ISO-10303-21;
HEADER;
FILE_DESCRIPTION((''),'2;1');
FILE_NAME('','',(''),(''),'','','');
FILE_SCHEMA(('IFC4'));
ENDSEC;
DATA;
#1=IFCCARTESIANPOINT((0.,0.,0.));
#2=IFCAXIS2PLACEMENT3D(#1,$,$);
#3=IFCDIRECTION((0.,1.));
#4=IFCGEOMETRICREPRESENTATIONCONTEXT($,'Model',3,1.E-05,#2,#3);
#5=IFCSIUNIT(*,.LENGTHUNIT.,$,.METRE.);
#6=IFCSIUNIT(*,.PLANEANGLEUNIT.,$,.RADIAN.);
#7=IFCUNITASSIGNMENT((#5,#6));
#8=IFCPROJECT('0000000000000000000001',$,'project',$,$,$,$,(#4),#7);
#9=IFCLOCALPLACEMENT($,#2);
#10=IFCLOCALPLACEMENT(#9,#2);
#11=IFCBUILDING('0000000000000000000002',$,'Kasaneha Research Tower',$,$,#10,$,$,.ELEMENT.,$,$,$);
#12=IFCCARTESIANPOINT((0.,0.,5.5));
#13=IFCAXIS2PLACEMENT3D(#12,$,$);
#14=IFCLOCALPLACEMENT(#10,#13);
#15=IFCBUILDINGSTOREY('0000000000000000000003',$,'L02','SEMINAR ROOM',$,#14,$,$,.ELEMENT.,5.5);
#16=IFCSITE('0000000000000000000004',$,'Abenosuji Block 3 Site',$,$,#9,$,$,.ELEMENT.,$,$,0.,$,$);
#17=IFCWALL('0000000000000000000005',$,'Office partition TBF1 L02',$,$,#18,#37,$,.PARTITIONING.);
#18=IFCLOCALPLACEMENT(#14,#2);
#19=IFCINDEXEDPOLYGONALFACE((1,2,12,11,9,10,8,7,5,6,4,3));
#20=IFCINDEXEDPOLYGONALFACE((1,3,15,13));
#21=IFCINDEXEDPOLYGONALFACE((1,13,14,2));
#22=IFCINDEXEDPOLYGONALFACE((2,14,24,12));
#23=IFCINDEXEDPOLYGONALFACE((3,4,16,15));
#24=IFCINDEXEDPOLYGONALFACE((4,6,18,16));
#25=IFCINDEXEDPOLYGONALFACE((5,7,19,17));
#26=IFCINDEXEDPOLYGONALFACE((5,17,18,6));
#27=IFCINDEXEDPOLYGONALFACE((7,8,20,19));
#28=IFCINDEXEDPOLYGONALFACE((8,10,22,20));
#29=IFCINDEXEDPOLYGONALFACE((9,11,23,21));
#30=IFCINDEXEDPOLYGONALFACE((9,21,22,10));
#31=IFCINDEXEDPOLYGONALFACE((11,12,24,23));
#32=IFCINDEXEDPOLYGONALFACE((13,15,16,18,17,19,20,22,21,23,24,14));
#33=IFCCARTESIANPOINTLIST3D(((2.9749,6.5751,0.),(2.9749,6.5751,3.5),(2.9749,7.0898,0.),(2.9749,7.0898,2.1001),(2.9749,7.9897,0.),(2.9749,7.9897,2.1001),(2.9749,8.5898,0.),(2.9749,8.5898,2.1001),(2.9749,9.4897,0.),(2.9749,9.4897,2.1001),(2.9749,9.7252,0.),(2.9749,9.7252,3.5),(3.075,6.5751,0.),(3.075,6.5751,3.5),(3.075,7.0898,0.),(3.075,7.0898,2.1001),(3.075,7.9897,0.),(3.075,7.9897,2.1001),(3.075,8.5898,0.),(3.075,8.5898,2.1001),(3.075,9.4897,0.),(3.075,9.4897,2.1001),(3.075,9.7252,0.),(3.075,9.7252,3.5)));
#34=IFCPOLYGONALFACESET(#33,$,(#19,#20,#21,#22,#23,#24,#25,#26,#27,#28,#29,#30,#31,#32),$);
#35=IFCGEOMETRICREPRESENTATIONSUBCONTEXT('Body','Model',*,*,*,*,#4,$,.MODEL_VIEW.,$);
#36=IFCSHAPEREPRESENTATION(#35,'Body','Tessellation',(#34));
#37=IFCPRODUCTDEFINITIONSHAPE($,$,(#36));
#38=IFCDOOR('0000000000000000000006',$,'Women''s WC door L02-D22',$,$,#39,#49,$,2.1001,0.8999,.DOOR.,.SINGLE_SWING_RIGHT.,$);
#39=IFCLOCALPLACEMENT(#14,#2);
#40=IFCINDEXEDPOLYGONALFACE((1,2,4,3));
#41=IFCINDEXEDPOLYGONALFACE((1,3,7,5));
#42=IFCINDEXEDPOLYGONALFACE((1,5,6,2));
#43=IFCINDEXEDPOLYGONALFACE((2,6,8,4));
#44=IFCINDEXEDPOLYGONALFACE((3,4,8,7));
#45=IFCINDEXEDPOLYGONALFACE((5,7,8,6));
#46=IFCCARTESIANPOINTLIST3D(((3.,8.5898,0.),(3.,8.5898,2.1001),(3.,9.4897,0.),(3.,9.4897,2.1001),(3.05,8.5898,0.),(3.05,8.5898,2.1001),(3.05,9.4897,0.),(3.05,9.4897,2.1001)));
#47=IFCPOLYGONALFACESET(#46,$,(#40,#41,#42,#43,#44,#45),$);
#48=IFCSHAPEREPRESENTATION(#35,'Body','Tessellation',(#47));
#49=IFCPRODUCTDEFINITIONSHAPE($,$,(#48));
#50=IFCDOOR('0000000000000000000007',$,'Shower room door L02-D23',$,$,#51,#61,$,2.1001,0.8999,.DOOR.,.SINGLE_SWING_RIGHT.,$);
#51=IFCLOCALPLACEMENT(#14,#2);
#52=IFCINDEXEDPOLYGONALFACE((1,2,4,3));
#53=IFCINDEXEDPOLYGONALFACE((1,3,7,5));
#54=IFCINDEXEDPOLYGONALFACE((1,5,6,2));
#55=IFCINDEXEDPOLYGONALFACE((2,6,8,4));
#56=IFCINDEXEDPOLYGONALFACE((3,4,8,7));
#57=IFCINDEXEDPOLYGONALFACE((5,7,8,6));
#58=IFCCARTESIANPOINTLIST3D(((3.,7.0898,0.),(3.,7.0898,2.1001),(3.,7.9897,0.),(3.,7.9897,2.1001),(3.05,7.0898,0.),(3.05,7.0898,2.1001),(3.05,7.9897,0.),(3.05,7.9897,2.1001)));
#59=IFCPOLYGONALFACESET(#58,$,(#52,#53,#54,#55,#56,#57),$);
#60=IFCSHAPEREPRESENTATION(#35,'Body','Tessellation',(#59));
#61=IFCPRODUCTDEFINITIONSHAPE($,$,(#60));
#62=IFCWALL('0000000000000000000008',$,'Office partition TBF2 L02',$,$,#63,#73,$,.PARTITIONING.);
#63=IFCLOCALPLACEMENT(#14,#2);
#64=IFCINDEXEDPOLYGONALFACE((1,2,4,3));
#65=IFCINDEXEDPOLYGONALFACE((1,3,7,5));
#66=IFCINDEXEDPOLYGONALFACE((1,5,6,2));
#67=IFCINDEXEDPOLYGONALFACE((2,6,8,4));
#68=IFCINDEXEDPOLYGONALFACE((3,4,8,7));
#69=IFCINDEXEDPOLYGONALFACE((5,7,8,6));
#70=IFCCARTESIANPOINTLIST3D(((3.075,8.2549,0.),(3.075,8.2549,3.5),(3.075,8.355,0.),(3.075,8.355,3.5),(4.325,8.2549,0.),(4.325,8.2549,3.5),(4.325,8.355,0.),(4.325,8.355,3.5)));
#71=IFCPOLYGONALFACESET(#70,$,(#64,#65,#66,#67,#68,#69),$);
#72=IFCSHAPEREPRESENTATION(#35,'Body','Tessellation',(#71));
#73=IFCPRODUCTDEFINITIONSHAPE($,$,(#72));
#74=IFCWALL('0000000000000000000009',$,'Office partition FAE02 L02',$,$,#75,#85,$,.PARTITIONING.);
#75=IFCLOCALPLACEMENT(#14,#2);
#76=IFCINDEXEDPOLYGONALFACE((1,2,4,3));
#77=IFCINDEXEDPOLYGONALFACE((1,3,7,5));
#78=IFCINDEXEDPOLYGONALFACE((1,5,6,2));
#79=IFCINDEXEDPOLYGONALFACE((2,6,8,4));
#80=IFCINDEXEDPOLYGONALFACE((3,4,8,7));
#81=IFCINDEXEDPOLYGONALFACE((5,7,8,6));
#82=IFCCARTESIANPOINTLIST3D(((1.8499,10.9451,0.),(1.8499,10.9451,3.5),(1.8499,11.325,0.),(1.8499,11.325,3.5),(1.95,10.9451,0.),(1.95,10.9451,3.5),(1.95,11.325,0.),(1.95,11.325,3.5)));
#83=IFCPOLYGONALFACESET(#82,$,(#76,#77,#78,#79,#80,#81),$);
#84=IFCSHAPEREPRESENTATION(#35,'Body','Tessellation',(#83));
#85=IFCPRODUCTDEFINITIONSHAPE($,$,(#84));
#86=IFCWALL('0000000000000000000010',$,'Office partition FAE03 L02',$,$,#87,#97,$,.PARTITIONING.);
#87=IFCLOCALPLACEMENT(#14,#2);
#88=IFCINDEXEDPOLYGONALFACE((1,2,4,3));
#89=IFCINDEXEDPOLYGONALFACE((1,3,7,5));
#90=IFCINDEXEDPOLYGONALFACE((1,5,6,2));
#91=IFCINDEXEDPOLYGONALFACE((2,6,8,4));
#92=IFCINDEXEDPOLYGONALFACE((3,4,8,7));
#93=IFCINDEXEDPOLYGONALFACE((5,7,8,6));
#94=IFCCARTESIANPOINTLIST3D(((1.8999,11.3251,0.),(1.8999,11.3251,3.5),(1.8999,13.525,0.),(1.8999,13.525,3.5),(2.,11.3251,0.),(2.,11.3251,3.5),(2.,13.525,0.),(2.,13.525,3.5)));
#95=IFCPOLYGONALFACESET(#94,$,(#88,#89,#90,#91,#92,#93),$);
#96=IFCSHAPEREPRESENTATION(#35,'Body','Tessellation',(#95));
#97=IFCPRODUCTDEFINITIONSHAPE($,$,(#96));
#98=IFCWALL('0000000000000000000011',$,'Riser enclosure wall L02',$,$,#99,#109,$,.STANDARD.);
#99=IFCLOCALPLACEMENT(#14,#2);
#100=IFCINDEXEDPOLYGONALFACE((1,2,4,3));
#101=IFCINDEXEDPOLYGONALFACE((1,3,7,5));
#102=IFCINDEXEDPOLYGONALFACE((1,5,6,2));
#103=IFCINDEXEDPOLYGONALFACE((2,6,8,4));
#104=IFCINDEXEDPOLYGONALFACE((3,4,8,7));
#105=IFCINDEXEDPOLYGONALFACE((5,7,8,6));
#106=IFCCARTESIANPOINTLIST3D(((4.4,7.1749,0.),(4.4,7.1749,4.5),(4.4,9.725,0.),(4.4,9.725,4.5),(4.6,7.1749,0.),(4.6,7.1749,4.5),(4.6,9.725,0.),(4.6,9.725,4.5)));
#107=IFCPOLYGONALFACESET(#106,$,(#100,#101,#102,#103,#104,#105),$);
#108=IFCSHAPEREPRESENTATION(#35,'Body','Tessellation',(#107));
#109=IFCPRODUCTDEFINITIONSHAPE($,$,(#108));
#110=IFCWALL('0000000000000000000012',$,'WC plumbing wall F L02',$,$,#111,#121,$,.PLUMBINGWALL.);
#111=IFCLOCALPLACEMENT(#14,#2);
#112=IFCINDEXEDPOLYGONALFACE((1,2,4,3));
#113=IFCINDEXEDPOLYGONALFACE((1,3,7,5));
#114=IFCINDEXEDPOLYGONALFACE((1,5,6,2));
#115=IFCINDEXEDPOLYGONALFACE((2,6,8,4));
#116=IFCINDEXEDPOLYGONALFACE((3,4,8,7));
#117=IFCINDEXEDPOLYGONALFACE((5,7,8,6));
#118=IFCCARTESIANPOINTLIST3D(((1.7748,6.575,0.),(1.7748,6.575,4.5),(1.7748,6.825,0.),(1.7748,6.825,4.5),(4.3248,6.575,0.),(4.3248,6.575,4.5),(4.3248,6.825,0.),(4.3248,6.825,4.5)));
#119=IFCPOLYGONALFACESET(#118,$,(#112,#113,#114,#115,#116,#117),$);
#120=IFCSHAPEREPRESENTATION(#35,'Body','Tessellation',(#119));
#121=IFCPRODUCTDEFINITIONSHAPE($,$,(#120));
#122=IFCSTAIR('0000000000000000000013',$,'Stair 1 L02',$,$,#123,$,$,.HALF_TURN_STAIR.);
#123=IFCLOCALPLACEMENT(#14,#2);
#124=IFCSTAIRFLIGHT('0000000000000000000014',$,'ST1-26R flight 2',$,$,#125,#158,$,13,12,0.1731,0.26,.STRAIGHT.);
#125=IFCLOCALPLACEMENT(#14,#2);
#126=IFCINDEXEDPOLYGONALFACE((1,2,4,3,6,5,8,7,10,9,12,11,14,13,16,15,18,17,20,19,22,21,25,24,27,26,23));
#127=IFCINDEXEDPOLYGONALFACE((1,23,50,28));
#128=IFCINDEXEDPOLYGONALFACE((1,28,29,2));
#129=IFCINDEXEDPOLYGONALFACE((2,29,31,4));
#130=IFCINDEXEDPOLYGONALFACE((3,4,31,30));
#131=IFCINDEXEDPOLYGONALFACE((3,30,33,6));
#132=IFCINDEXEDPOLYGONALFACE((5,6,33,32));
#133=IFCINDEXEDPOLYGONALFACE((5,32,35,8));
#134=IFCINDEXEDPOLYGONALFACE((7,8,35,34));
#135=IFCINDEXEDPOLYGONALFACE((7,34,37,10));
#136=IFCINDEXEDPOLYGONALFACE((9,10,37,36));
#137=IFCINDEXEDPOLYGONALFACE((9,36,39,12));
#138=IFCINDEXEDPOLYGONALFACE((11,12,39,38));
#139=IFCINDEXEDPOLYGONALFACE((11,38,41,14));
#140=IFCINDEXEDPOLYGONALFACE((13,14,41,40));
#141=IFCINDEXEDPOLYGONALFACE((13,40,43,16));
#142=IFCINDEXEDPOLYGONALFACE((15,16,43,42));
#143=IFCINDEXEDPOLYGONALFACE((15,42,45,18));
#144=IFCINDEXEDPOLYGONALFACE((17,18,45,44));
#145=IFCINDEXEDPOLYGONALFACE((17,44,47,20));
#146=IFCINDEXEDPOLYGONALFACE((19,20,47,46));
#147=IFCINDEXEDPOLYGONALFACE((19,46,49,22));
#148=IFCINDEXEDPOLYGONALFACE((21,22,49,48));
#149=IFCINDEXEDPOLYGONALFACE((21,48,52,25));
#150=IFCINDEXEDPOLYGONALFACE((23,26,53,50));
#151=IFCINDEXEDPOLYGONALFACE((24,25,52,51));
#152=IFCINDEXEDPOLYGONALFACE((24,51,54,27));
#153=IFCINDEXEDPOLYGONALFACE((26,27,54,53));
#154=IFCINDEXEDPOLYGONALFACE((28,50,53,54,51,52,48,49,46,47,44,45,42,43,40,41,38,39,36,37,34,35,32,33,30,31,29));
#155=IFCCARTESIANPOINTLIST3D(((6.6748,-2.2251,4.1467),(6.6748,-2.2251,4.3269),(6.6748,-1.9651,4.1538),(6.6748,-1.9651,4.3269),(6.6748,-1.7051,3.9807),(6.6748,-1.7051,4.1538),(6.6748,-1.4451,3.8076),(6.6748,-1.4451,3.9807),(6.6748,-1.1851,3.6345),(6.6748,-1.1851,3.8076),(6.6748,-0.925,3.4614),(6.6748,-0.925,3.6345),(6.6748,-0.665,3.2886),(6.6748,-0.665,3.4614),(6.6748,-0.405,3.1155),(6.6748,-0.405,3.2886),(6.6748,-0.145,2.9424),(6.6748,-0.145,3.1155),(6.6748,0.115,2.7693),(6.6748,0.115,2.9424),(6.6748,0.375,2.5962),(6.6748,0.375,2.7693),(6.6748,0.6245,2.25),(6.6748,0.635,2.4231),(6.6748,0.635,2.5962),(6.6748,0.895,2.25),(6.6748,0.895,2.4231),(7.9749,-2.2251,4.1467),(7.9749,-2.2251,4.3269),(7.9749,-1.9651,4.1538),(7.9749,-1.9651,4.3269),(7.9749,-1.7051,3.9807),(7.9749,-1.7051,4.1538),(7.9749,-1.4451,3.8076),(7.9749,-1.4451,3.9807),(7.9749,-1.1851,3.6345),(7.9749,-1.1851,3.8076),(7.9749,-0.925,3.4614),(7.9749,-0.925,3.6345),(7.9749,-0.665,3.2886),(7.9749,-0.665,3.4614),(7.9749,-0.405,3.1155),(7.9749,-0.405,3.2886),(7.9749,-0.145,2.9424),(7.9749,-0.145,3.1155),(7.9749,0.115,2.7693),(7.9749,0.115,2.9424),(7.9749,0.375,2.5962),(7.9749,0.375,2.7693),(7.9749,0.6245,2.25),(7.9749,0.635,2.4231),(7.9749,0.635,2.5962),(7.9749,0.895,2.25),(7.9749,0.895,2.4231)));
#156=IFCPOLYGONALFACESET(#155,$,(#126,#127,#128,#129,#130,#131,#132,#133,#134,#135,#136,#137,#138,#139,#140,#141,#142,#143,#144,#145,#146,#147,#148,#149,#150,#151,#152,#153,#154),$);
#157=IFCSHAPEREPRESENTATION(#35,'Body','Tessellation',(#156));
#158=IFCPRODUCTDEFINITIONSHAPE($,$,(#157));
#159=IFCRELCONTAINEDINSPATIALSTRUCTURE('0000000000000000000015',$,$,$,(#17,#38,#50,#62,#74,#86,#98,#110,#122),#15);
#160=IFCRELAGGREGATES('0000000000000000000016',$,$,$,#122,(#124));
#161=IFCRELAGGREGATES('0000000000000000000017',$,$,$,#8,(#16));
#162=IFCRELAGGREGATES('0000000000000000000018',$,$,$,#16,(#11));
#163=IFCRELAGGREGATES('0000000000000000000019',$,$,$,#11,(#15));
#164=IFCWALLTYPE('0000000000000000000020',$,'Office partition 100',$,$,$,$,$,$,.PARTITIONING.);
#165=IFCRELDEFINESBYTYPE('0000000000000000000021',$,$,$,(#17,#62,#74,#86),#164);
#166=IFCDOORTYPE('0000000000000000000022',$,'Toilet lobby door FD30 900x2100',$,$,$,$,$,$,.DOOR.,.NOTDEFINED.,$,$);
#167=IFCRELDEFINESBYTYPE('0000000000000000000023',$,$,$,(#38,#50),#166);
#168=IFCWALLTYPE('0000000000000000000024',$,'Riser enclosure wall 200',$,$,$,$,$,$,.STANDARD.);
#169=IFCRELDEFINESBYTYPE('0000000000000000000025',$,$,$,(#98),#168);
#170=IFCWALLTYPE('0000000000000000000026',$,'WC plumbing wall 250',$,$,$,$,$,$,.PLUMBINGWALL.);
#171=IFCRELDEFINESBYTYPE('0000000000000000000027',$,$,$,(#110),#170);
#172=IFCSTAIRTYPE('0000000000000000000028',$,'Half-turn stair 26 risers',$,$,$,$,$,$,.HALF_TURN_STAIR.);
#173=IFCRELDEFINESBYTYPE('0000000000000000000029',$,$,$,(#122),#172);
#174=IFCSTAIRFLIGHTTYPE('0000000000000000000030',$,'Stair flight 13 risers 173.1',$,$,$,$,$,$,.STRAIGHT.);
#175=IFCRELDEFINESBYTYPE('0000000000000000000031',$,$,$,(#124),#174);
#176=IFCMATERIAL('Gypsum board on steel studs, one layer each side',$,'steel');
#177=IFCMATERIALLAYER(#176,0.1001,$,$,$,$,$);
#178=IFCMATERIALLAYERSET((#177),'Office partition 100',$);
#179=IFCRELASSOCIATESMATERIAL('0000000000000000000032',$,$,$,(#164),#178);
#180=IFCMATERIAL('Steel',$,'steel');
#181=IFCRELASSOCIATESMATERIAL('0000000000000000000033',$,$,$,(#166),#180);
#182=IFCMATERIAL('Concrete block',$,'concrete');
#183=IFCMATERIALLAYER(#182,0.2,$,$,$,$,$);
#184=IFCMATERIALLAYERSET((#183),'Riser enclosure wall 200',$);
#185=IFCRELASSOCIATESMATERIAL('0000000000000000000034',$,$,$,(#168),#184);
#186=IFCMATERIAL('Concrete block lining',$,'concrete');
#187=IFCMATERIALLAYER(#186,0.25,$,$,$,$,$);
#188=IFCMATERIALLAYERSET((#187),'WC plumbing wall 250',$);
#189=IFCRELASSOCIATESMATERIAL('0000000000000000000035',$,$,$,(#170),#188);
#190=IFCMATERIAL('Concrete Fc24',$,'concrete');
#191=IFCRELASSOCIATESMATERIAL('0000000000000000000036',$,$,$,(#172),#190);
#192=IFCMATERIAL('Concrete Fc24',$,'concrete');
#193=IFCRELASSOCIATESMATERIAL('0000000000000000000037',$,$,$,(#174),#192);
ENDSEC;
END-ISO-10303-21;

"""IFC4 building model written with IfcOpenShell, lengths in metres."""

from ifc_helpers import new_model, si_unit, direction, frame, frame_2d, origin, place, context, subcontext, project, spatial, polyline, rectangle, outline, extrude, material, layer, layer_set, type_object, element, fill, aggregate, save


model = new_model("IFC4")

# Units and contexts
model_context = context("Model", 3, precision=1e-05, world=origin(), true_north=direction((0.0, 1.0)))
body_context = subcontext(model_context, "Body", "Model", "MODEL_VIEW")
ifc_project = project(units=[si_unit("LENGTHUNIT", "METRE"), si_unit("PLANEANGLEUNIT", "RADIAN")], contexts=[model_context])

# Site, building, storey
site_placement = place(None, origin())
site = spatial("IfcSite", under=ifc_project, at=site_placement, Name="Abenosuji Block 3 Site", CompositionType="ELEMENT", RefElevation=0.0)
building_placement = place(site_placement, origin())
building = spatial("IfcBuilding", under=site, at=building_placement, Name="Kasaneha Research Tower", CompositionType="ELEMENT")
storey_placement = place(building_placement, frame((0.0, 0.0, 5.5)))
storey = spatial("IfcBuildingStorey", under=building, at=storey_placement, Name="L02", Description="SEMINAR ROOM", CompositionType="ELEMENT", Elevation=5.5)

# Wall, openings, doors
ifc_material_1 = material(Name="Gypsum board on steel studs, one layer each side", Category="steel")
ifc_layer_1 = layer(ifc_material_1, 0.1001)
ifc_layer_set_1 = layer_set([ifc_layer_1], Name="Office partition 100")
wall_type_1 = type_object("IfcWallType", Name="Office partition 100", PredefinedType="PARTITIONING", material=ifc_layer_set_1)
wall_1_placement = place(storey_placement, frame((3.0249, 6.575, 0.0), z_axis=(0.0, 0.0, 1.0), x_axis=(0.0, 1.0, 0.0)))
wall_1 = element("IfcWall", 1, at=wall_1_placement, inside=storey, type_object=wall_type_1, Name="Office partition TBF1 L02", PredefinedType="PARTITIONING", context=body_context, shape_type="SweptSolid", body=[
    extrude(rectangle(XDim=3.1501, YDim=0.1001, at=frame_2d((1.5752, 0.0))), origin(), (0.0, 0.0, 1.0), 3.5),
])
opening_1_placement = place(wall_1_placement, frame((2.0149, 0.0, 0.0)))
opening_1 = element("IfcOpeningElement", 2, at=opening_1_placement, cuts=wall_1, PredefinedType="OPENING", context=body_context, shape_type="SweptSolid", body=[
    extrude(rectangle(XDim=0.8999, YDim=2.1001, at=frame_2d((0.45, 1.05))), frame((0.0, 0.0601, 0.0), z_axis=(0.0, -1.0, 0.0), x_axis=(1.0, 0.0, 0.0)), (0.0, 0.0, 1.0), 0.1201),
])
opening_2_placement = place(wall_1_placement, frame((0.5149, 0.0, 0.0)))
opening_2 = element("IfcOpeningElement", 3, at=opening_2_placement, cuts=wall_1, PredefinedType="OPENING", context=body_context, shape_type="SweptSolid", body=[
    extrude(rectangle(XDim=0.8999, YDim=2.1001, at=frame_2d((0.45, 1.05))), frame((0.0, 0.0601, 0.0), z_axis=(0.0, -1.0, 0.0), x_axis=(1.0, 0.0, 0.0)), (0.0, 0.0, 1.0), 0.1201),
])
ifc_material_2 = material(Name="Steel", Category="steel")
door_type_1 = type_object("IfcDoorType", Name="Toilet lobby door FD30 900x2100", OperationType="NOTDEFINED", PredefinedType="DOOR", material=ifc_material_2)
door_1_placement = place(opening_1_placement, origin())
door_1 = element("IfcDoor", 4, at=door_1_placement, inside=storey, type_object=door_type_1, Name="Women's WC door L02-D22", OperationType="SINGLE_SWING_RIGHT", OverallHeight=2.1001, OverallWidth=0.8999, PredefinedType="DOOR", context=body_context, shape_type="SweptSolid", body=[
    extrude(rectangle(XDim=0.8999, YDim=2.1001, at=frame_2d((0.45, 1.05))), frame((0.0, 0.0249, 0.0), z_axis=(0.0, -1.0, 0.0), x_axis=(1.0, 0.0, 0.0)), (0.0, 0.0, 1.0), 0.05),
])
fill(opening_1, door_1)
door_2_placement = place(opening_2_placement, origin())
door_2 = element("IfcDoor", 5, at=door_2_placement, inside=storey, type_object=door_type_1, Name="Shower room door L02-D23", OperationType="SINGLE_SWING_RIGHT", OverallHeight=2.1001, OverallWidth=0.8999, PredefinedType="DOOR", context=body_context, shape_type="SweptSolid", body=[
    extrude(rectangle(XDim=0.8999, YDim=2.1001, at=frame_2d((0.45, 1.05))), frame((0.0, 0.0249, 0.0), z_axis=(0.0, -1.0, 0.0), x_axis=(1.0, 0.0, 0.0)), (0.0, 0.0, 1.0), 0.05),
])
fill(opening_2, door_2)

# Walls
wall_2_placement = place(storey_placement, frame((3.075, 8.3049, 0.0), z_axis=(0.0, 0.0, 1.0), x_axis=(1.0, 0.0, 0.0)))
element("IfcWall", 6, at=wall_2_placement, inside=storey, type_object=wall_type_1, Name="Office partition TBF2 L02", PredefinedType="PARTITIONING", context=body_context, shape_type="SweptSolid", body=[
    extrude(rectangle(XDim=1.25, YDim=0.1001, at=frame_2d((0.625, 0.0))), origin(), (0.0, 0.0, 1.0), 3.5),
])
wall_3_placement = place(storey_placement, frame((1.8999, 10.9451, 0.0), z_axis=(0.0, 0.0, 1.0), x_axis=(0.0, 1.0, 0.0)))
element("IfcWall", 7, at=wall_3_placement, inside=storey, type_object=wall_type_1, Name="Office partition FAE02 L02", PredefinedType="PARTITIONING", context=body_context, shape_type="SweptSolid", body=[
    extrude(rectangle(XDim=0.3799, YDim=0.1001, at=frame_2d((0.1899, 0.0))), origin(), (0.0, 0.0, 1.0), 3.5),
])
wall_4_placement = place(storey_placement, frame((1.95, 11.325, 0.0), z_axis=(0.0, 0.0, 1.0), x_axis=(0.0, 1.0, 0.0)))
element("IfcWall", 8, at=wall_4_placement, inside=storey, type_object=wall_type_1, Name="Office partition FAE03 L02", PredefinedType="PARTITIONING", context=body_context, shape_type="SweptSolid", body=[
    extrude(rectangle(XDim=2.2, YDim=0.1001, at=frame_2d((1.1001, 0.0))), origin(), (0.0, 0.0, 1.0), 3.5),
])
ifc_material_3 = material(Name="Concrete block", Category="concrete")
ifc_layer_2 = layer(ifc_material_3, 0.2)
ifc_layer_set_2 = layer_set([ifc_layer_2], Name="Riser enclosure wall 200")
wall_type_2 = type_object("IfcWallType", Name="Riser enclosure wall 200", PredefinedType="STANDARD", material=ifc_layer_set_2)
wall_5_placement = place(storey_placement, frame((4.5, 7.175, 0.0), z_axis=(0.0, 0.0, 1.0), x_axis=(0.0, 1.0, 0.0)))
element("IfcWall", 9, at=wall_5_placement, inside=storey, type_object=wall_type_2, Name="Riser enclosure wall L02", PredefinedType="STANDARD", context=body_context, shape_type="SweptSolid", body=[
    extrude(rectangle(XDim=2.55, YDim=0.2, at=frame_2d((1.2749, 0.0))), origin(), (0.0, 0.0, 1.0), 4.5),
])
ifc_material_4 = material(Name="Concrete block lining", Category="concrete")
ifc_layer_3 = layer(ifc_material_4, 0.25)
ifc_layer_set_3 = layer_set([ifc_layer_3], Name="WC plumbing wall 250")
wall_type_3 = type_object("IfcWallType", Name="WC plumbing wall 250", PredefinedType="PLUMBINGWALL", material=ifc_layer_set_3)
wall_6_placement = place(storey_placement, frame((1.7749, 6.7, 0.0), z_axis=(0.0, 0.0, 1.0), x_axis=(1.0, 0.0, 0.0)))
element("IfcWall", 10, at=wall_6_placement, inside=storey, type_object=wall_type_3, Name="WC plumbing wall F L02", PredefinedType="PLUMBINGWALL", context=body_context, shape_type="SweptSolid", body=[
    extrude(rectangle(XDim=2.55, YDim=0.25, at=frame_2d((1.2749, 0.0))), origin(), (0.0, 0.0, 1.0), 4.5),
])

# Stair, stair flight
ifc_material_5 = material(Name="Concrete Fc24", Category="concrete")
stair_type = type_object("IfcStairType", Name="Half-turn stair 26 risers", PredefinedType="HALF_TURN_STAIR", material=ifc_material_5)
stair_placement = place(storey_placement, origin())
stair = element("IfcStair", 11, at=stair_placement, inside=storey, type_object=stair_type, Name="Stair 1 L02", PredefinedType="HALF_TURN_STAIR")
ifc_material_6 = material(Name="Concrete Fc24", Category="concrete")
stair_flight_type = type_object("IfcStairFlightType", Name="Stair flight 13 risers 173.1", PredefinedType="STRAIGHT", material=ifc_material_6)
stair_flight_placement = place(storey_placement, frame((7.325, 0.895, 2.25), z_axis=(0.0, 0.0, 1.0), x_axis=(0.0, -1.0, 0.0)))
stair_flight = element("IfcStairFlight", 12, at=stair_flight_placement, type_object=stair_flight_type, Name="ST1-26R flight 2", NumberOfRisers=13, NumberOfTreads=12, PredefinedType="STRAIGHT", RiserHeight=0.1731, TreadLength=0.26, context=body_context, shape_type="SweptSolid", body=[
    extrude(outline(polyline([(0.0, 0.0), (0.0, 0.1731), (0.26, 0.1731), (0.26, 0.3462), (0.52, 0.3462), (0.52, 0.5193), (0.78, 0.5193), (0.78, 0.6924), (1.04, 0.6924), (1.04, 0.8655), (1.3, 0.8655), (1.3, 1.0386), (1.5601, 1.0386), (1.5601, 1.2114), (1.8201, 1.2114), (1.8201, 1.3845), (2.0801, 1.3845), (2.0801, 1.5576), (2.3401, 1.5576), (2.3401, 1.7307), (2.6001, 1.7307), (2.6001, 1.9038), (2.8601, 1.9038), (2.8601, 2.0769), (3.1201, 2.0769), (3.1201, 2.25), (3.1201, 1.8967), (0.2705, 0.0), (0.0, 0.0)])), frame((0.0, 0.6499, 0.0), z_axis=(0.0, -1.0, 0.0), x_axis=(1.0, 0.0, 0.0)), (0.0, 0.0, 1.0), 1.3),
])
aggregate(stair, [stair_flight])

save(model, "model.ifc")
